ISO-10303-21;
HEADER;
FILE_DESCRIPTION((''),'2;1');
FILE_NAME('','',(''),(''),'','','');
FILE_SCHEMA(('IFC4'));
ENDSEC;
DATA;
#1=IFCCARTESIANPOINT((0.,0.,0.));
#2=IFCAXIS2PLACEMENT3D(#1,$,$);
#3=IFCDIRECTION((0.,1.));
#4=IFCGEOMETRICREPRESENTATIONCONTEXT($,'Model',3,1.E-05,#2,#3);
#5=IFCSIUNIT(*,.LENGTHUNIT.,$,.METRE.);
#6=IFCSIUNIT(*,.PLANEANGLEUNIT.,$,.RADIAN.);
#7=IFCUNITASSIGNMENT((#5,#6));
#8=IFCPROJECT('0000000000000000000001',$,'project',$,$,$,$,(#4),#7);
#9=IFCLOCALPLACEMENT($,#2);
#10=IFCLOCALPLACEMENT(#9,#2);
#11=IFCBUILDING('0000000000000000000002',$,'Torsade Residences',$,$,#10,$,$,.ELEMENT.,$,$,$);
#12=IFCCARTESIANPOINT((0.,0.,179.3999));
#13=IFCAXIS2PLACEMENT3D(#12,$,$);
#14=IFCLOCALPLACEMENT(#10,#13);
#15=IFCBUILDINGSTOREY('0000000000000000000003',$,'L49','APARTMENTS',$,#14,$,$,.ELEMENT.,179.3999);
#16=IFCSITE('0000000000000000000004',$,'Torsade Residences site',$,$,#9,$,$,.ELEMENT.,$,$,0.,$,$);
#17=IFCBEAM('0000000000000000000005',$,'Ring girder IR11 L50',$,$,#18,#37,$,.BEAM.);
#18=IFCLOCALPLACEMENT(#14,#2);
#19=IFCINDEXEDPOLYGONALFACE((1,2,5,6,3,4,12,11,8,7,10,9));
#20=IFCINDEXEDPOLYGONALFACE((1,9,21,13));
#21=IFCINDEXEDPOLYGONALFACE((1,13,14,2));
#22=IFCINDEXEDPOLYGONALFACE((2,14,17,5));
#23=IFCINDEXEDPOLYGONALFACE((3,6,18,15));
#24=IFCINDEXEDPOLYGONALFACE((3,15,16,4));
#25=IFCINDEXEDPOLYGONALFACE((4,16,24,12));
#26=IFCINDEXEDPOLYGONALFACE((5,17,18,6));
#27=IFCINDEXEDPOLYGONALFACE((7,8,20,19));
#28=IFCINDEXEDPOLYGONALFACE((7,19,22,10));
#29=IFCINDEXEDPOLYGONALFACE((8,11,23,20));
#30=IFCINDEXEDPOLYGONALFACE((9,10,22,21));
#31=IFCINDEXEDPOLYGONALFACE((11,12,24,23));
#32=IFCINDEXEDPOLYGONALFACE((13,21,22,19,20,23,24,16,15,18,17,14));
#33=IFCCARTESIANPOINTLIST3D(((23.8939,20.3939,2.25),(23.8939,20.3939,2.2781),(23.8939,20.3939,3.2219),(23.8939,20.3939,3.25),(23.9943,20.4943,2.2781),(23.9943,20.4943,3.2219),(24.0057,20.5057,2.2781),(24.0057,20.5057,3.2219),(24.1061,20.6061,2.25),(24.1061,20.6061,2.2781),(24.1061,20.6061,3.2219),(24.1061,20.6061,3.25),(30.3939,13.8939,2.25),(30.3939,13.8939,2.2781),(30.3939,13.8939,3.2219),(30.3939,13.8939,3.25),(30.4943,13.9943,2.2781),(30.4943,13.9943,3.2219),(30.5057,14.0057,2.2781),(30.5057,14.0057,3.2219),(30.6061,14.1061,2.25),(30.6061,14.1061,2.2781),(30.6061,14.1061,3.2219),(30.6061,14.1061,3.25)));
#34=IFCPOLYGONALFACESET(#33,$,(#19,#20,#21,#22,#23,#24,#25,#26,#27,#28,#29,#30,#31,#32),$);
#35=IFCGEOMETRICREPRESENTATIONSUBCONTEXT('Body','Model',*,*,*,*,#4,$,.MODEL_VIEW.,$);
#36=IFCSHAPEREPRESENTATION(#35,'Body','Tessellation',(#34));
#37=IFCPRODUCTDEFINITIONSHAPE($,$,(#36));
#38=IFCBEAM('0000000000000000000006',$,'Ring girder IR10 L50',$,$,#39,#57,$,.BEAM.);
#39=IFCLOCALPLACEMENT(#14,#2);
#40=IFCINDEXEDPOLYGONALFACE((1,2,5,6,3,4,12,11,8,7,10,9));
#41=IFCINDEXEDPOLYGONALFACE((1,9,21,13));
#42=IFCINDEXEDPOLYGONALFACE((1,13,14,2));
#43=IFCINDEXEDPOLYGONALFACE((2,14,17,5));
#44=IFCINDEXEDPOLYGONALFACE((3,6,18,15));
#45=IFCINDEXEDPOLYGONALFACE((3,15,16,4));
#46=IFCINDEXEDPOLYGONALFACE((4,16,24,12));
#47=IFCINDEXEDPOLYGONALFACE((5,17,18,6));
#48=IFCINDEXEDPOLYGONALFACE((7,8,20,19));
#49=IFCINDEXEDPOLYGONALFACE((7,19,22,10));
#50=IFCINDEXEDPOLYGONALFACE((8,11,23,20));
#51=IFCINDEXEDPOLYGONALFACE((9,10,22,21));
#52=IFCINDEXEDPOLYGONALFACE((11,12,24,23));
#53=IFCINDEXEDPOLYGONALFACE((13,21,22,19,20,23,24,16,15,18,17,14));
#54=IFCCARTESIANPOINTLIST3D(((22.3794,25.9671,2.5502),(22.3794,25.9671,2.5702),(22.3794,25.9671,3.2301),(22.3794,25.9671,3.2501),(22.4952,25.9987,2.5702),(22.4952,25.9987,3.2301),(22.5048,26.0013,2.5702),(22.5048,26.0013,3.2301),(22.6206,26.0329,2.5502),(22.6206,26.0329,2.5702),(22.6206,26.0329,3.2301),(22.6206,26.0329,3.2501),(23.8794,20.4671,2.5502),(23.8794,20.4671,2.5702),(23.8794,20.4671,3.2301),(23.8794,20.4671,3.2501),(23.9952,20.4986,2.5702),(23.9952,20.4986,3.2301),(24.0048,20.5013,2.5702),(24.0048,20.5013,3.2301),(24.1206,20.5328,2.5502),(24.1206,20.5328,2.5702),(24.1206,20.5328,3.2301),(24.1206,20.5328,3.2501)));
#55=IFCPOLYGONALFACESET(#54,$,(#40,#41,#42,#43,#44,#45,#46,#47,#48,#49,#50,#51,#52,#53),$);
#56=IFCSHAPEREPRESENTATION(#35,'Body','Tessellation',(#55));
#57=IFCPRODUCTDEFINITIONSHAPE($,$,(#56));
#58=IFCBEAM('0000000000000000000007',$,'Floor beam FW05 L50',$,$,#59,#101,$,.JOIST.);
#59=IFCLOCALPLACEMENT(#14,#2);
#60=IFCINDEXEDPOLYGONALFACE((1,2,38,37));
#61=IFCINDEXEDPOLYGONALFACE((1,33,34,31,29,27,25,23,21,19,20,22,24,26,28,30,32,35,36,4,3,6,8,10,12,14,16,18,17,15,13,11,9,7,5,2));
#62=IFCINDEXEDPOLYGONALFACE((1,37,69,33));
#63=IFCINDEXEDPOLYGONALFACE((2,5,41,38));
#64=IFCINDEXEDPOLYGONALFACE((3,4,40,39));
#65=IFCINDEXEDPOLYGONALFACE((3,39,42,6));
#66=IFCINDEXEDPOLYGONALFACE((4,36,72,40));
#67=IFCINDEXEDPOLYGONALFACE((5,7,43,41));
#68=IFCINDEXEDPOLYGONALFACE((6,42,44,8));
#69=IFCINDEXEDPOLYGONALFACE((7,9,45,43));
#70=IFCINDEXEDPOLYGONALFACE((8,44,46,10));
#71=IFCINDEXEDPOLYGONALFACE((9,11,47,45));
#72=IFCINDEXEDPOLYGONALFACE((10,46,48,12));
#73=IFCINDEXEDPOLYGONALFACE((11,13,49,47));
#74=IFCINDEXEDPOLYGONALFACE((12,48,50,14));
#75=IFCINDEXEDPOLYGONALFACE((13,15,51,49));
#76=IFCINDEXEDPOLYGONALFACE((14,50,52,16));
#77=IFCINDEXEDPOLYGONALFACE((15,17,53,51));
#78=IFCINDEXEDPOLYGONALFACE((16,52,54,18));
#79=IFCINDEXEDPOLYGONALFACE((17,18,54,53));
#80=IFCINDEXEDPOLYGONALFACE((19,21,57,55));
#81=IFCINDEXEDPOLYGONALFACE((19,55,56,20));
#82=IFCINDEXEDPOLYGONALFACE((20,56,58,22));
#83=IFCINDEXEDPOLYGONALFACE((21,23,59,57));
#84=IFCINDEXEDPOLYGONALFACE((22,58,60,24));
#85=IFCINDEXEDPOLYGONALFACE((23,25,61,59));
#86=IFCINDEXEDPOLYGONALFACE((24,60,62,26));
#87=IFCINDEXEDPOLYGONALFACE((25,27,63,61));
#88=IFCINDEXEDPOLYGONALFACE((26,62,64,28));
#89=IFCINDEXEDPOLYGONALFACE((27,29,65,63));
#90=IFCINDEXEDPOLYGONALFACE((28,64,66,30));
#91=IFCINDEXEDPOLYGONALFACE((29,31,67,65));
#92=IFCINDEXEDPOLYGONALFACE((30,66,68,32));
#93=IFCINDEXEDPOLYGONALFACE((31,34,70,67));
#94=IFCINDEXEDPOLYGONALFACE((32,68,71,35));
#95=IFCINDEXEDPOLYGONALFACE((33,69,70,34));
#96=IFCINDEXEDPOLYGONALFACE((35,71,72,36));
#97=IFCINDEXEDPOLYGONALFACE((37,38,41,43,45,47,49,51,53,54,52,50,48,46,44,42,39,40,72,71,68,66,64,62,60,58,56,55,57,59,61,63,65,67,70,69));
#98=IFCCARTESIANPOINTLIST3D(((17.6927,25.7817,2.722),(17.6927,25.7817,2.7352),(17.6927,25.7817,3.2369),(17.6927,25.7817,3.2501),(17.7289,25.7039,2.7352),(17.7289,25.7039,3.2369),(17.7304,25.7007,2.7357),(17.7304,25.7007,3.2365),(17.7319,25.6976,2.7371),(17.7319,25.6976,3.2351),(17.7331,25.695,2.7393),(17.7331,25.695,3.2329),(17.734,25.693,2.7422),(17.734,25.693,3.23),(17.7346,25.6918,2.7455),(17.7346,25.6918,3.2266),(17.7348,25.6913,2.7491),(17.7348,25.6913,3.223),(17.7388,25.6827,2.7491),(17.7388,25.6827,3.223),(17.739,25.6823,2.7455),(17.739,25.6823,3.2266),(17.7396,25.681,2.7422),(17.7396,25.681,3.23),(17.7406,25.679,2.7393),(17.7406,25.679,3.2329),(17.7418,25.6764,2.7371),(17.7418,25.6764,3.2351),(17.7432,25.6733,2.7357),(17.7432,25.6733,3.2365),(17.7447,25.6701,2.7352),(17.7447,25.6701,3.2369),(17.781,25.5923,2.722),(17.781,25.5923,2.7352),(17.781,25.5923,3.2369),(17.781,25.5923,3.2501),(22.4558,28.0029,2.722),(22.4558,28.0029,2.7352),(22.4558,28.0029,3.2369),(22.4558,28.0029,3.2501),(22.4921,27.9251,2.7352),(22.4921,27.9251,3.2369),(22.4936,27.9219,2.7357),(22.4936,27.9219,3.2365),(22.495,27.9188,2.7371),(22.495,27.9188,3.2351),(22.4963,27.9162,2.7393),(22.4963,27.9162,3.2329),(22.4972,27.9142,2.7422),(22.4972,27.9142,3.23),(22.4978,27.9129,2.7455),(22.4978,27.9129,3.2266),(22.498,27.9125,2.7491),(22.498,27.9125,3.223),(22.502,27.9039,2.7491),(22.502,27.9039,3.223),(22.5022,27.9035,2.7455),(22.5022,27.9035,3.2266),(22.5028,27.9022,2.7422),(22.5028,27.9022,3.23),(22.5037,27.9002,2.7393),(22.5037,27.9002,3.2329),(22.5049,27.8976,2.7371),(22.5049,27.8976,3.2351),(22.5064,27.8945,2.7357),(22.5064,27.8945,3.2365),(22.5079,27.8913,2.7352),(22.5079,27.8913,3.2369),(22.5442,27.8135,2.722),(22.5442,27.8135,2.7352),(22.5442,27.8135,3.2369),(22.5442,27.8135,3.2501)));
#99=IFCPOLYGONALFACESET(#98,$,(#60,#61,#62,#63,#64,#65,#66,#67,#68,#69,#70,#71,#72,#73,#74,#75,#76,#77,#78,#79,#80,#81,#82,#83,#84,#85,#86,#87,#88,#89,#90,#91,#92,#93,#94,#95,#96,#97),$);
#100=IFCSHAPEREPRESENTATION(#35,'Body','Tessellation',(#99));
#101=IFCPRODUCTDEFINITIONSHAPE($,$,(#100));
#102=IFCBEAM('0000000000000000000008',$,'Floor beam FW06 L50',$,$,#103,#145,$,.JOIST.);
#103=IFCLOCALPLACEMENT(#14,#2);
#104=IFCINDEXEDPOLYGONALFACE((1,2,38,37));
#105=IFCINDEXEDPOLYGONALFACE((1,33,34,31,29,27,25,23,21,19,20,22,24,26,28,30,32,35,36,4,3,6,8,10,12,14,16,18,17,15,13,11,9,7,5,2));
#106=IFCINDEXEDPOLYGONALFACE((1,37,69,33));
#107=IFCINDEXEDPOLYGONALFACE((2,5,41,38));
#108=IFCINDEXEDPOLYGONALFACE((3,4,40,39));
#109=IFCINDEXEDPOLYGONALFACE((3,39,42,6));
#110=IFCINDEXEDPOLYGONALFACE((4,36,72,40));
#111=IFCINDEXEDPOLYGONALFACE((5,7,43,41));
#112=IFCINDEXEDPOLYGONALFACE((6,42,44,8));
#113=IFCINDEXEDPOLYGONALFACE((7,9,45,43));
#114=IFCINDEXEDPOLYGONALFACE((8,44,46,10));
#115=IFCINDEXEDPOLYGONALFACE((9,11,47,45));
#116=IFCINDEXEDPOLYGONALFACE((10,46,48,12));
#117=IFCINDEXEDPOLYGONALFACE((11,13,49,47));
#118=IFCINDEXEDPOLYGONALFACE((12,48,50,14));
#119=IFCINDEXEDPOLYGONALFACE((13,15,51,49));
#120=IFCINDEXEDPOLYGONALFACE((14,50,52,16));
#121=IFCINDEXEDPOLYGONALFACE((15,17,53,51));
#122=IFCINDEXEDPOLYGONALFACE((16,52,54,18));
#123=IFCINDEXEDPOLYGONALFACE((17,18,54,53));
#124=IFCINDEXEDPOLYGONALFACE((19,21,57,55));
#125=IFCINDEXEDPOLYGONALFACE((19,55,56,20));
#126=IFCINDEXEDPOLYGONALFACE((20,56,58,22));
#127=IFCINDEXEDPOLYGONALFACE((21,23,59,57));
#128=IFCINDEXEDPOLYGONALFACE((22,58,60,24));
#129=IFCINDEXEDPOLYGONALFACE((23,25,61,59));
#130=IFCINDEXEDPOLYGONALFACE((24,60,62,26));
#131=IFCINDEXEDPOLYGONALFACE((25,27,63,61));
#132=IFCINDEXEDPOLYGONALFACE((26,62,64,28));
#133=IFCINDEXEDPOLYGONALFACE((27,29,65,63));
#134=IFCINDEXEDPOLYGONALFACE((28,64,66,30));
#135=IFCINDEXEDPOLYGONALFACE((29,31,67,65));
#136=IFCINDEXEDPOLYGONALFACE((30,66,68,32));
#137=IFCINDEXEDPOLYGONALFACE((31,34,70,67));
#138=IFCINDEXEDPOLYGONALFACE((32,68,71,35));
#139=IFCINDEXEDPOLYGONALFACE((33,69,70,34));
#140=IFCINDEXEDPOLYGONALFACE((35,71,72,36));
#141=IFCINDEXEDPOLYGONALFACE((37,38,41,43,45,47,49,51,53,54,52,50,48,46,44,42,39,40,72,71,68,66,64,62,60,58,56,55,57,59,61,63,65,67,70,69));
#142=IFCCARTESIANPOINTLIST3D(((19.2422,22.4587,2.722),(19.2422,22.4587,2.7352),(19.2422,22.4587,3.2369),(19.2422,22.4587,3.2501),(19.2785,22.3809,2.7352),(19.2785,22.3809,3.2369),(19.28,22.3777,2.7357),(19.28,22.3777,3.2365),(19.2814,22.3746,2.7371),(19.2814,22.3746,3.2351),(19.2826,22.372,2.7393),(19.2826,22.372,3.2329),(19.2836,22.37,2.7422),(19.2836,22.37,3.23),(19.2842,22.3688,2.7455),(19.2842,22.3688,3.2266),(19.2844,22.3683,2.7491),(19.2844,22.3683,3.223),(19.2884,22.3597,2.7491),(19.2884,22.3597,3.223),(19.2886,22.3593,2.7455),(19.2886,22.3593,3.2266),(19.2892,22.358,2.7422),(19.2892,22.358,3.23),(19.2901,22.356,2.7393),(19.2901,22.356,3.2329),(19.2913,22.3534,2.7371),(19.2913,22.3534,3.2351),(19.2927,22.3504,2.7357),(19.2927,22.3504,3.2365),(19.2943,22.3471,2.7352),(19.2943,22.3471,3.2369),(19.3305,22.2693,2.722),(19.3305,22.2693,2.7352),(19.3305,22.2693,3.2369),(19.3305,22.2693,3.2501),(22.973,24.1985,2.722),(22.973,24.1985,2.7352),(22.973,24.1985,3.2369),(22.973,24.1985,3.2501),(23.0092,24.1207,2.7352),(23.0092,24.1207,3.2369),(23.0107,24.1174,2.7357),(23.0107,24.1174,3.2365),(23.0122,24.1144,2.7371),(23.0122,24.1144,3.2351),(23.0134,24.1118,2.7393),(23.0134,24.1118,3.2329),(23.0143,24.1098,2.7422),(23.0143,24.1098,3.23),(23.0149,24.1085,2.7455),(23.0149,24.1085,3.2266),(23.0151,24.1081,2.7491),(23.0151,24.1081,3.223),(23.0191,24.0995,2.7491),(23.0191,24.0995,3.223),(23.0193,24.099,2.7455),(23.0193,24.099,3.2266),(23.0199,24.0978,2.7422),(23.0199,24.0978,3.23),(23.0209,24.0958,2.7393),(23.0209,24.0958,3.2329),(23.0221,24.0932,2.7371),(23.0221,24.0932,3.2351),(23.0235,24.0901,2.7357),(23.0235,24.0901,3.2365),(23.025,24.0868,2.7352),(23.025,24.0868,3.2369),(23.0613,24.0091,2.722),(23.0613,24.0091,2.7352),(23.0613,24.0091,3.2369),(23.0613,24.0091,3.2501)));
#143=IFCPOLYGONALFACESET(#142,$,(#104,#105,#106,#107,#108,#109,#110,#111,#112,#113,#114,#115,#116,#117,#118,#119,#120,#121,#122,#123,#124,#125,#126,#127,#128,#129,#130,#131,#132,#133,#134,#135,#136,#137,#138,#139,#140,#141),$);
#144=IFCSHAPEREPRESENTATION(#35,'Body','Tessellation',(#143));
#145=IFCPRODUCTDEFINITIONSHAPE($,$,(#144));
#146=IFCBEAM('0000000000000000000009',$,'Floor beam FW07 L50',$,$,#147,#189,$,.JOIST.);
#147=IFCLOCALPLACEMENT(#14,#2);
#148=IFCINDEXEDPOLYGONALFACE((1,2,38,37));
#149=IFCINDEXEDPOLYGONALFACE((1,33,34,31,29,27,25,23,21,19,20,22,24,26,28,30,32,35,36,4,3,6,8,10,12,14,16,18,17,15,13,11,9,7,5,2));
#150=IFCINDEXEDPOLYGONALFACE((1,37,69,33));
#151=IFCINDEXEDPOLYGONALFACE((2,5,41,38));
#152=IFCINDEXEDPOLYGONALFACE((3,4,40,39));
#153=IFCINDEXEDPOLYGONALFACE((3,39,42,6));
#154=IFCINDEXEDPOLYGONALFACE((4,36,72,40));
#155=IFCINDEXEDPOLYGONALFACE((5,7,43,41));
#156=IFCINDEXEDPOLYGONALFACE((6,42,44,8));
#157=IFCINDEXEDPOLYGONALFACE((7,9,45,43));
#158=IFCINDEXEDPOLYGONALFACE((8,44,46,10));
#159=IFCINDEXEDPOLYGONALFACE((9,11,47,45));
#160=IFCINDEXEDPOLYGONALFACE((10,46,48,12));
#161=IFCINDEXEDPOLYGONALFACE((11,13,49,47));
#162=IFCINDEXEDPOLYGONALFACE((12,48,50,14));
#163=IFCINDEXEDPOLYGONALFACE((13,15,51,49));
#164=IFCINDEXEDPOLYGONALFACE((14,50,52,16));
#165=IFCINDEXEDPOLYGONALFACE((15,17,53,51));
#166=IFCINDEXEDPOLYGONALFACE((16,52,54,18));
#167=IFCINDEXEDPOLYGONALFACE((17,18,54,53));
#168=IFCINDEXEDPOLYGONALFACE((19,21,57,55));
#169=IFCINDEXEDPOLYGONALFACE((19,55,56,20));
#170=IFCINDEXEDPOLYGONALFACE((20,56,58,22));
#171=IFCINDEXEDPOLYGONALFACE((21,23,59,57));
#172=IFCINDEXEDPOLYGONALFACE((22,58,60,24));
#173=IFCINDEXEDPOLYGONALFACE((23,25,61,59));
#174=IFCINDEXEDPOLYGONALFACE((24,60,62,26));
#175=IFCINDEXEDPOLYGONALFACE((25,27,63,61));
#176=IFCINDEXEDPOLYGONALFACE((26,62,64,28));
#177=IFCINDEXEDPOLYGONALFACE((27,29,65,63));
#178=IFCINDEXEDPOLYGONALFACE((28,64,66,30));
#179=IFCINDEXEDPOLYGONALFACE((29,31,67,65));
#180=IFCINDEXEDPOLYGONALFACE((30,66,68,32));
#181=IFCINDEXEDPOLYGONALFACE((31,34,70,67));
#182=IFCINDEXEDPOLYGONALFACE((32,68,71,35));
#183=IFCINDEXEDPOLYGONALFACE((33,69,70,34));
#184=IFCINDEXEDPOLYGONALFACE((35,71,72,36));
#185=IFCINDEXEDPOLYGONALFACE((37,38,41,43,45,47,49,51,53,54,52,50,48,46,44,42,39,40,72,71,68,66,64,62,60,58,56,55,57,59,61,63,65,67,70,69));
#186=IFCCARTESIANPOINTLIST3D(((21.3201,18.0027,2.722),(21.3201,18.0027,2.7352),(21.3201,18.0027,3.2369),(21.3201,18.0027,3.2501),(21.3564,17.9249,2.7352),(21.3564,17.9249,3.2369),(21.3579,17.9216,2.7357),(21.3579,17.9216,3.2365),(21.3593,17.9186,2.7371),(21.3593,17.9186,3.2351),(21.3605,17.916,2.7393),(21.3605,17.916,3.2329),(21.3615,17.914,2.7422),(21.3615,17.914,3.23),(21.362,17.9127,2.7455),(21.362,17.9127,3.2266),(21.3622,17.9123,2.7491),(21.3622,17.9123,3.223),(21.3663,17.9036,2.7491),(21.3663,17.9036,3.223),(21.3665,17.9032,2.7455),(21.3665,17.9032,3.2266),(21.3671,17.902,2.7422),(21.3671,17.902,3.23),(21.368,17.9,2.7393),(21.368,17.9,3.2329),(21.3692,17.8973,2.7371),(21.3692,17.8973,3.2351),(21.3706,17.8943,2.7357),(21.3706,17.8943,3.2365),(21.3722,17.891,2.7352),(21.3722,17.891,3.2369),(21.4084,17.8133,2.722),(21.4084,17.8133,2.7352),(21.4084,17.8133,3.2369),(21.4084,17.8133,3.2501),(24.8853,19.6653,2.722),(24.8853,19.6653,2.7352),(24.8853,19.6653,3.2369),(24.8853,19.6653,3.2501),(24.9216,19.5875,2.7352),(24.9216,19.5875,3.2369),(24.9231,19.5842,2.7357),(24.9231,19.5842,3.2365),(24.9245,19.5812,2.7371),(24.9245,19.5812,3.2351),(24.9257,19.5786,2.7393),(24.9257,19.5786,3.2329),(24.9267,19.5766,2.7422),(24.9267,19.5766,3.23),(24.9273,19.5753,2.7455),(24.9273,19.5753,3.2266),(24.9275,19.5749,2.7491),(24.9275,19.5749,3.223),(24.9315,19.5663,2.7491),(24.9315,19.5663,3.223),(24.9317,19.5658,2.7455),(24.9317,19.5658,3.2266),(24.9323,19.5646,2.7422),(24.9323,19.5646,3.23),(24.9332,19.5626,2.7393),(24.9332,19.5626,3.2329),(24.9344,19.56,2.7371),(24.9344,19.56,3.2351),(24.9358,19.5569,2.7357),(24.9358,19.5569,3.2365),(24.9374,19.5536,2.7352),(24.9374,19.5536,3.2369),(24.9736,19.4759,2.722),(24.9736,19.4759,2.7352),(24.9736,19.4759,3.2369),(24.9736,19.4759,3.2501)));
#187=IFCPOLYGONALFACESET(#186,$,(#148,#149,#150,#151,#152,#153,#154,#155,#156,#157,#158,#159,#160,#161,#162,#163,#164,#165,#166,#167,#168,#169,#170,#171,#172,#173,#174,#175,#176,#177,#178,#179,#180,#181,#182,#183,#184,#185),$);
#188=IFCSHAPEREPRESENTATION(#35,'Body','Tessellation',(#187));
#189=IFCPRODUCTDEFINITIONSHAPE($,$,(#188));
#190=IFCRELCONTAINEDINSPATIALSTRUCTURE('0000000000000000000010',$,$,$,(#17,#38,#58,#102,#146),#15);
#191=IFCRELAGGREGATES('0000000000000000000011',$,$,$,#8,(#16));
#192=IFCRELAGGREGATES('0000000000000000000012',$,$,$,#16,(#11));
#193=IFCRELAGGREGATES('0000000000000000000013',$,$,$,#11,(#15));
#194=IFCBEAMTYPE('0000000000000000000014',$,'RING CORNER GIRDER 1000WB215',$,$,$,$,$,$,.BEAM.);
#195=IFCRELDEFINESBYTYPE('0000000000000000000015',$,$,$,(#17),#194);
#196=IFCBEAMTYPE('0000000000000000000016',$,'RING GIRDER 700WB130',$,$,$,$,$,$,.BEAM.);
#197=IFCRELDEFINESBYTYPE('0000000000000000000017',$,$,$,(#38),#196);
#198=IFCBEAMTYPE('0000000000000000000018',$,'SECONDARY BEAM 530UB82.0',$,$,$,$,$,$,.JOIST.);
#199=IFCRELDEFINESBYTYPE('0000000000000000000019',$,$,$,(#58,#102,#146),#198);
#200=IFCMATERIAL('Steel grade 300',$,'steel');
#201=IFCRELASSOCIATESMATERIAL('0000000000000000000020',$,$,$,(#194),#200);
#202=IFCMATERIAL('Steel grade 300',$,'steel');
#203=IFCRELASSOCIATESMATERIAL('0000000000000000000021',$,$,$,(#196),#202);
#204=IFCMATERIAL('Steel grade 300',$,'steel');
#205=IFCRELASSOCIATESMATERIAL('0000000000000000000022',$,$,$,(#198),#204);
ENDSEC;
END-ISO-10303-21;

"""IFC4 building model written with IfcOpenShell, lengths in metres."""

from ifc_helpers import new_model, si_unit, direction, frame, origin, origin_2d, place, context, subcontext, project, spatial, i_section, extrude, material, material_profile, profile_set, type_object, element, save


model = new_model("IFC4")

# Units and contexts
model_context = context("Model", 3, precision=1e-05, world=origin(), true_north=direction((0.0, 1.0)))
body_context = subcontext(model_context, "Body", "Model", "MODEL_VIEW")
ifc_project = project(units=[si_unit("LENGTHUNIT", "METRE"), si_unit("PLANEANGLEUNIT", "RADIAN")], contexts=[model_context])

# Site, building, storey
site_placement = place(None, origin())
site = spatial("IfcSite", under=ifc_project, at=site_placement, Name="Torsade Residences site", CompositionType="ELEMENT", RefElevation=0.0)
building_placement = place(site_placement, origin())
building = spatial("IfcBuilding", under=site, at=building_placement, Name="Torsade Residences", CompositionType="ELEMENT")
storey_placement = place(building_placement, frame((0.0, 0.0, 179.3999)))
storey = spatial("IfcBuildingStorey", under=building, at=storey_placement, Name="L49", Description="APARTMENTS", CompositionType="ELEMENT", Elevation=179.3999)

# Beams
ifc_material_1 = material(Name="Steel grade 300", Category="steel")
ifc_material_profile_1 = material_profile(ifc_material_1, i_section(OverallWidth=0.3, OverallDepth=1.0, WebThickness=0.0161, FlangeThickness=0.0281, at=origin_2d()), Name="1000WB215")
ifc_profile_set_1 = profile_set([ifc_material_profile_1], Name="Steel grade 300")
beam_type_1 = type_object("IfcBeamType", Name="RING CORNER GIRDER 1000WB215", PredefinedType="BEAM", material=ifc_profile_set_1)
beam_1_placement = place(storey_placement, frame((24.0, 20.5, 2.75), z_axis=(0.707107, -0.707107, 0.0), x_axis=(0.707107, 0.707107, 0.0)))
element("IfcBeam", 1, at=beam_1_placement, inside=storey, type_object=beam_type_1, Name="Ring girder IR11 L50", PredefinedType="BEAM", context=body_context, shape_type="SweptSolid", body=[
    extrude(i_section(OverallWidth=0.3, OverallDepth=1.0, WebThickness=0.0161, FlangeThickness=0.0281, at=origin_2d()), origin(), (0.0, 0.0, 1.0), 9.1924),
])
ifc_material_2 = material(Name="Steel grade 300", Category="steel")
ifc_material_profile_2 = material_profile(ifc_material_2, i_section(OverallWidth=0.25, OverallDepth=0.7, WebThickness=0.01, FlangeThickness=0.02, at=origin_2d()), Name="700WB130")
ifc_profile_set_2 = profile_set([ifc_material_profile_2], Name="Steel grade 300")
beam_type_2 = type_object("IfcBeamType", Name="RING GIRDER 700WB130", PredefinedType="BEAM", material=ifc_profile_set_2)
beam_2_placement = place(storey_placement, frame((22.5, 26.0, 2.9001), z_axis=(0.263117, -0.964764, 0.0), x_axis=(0.964764, 0.263117, 0.0)))
element("IfcBeam", 2, at=beam_2_placement, inside=storey, type_object=beam_type_2, Name="Ring girder IR10 L50", PredefinedType="BEAM", context=body_context, shape_type="SweptSolid", body=[
    extrude(i_section(OverallWidth=0.25, OverallDepth=0.7, WebThickness=0.01, FlangeThickness=0.02, at=origin_2d()), origin(), (0.0, 0.0, 1.0), 5.7009),
])
ifc_material_3 = material(Name="Steel grade 300", Category="steel")
ifc_material_profile_3 = material_profile(ifc_material_3, i_section(OverallWidth=0.209, OverallDepth=0.5281, WebThickness=0.0095, FlangeThickness=0.0132, FilletRadius=0.0139, at=origin_2d()), Name="530UB82.0")
ifc_profile_set_3 = profile_set([ifc_material_profile_3], Name="Steel grade 300")
beam_type_3 = type_object("IfcBeamType", Name="SECONDARY BEAM 530UB82.0", PredefinedType="JOIST", material=ifc_profile_set_3)
beam_3_placement = place(storey_placement, frame((17.7368, 25.687, 2.9861), z_axis=(0.906302, 0.422631, 0.0), x_axis=(-0.422631, 0.906302, 0.0)))
element("IfcBeam", 3, at=beam_3_placement, inside=storey, type_object=beam_type_3, Name="Floor beam FW05 L50", PredefinedType="JOIST", context=body_context, shape_type="SweptSolid", body=[
    extrude(i_section(OverallWidth=0.209, OverallDepth=0.5281, WebThickness=0.0095, FlangeThickness=0.0132, FilletRadius=0.0139, at=origin_2d()), origin(), (0.0, 0.0, 1.0), 5.2556),
])
beam_4_placement = place(storey_placement, frame((19.2864, 22.364, 2.9861), z_axis=(0.9063, 0.422635, 0.0), x_axis=(-0.422635, 0.9063, 0.0)))
element("IfcBeam", 4, at=beam_4_placement, inside=storey, type_object=beam_type_3, Name="Floor beam FW06 L50", PredefinedType="JOIST", context=body_context, shape_type="SweptSolid", body=[
    extrude(i_section(OverallWidth=0.209, OverallDepth=0.5281, WebThickness=0.0095, FlangeThickness=0.0132, FilletRadius=0.0139, at=origin_2d()), origin(), (0.0, 0.0, 1.0), 4.1165),
])
beam_5_placement = place(storey_placement, frame((21.3643, 17.908, 2.9861), z_axis=(0.906296, 0.422644, 0.0), x_axis=(-0.422644, 0.906296, 0.0)))
element("IfcBeam", 5, at=beam_5_placement, inside=storey, type_object=beam_type_3, Name="Floor beam FW07 L50", PredefinedType="JOIST", context=body_context, shape_type="SweptSolid", body=[
    extrude(i_section(OverallWidth=0.209, OverallDepth=0.5281, WebThickness=0.0095, FlangeThickness=0.0132, FilletRadius=0.0139, at=origin_2d()), origin(), (0.0, 0.0, 1.0), 3.9338),
])

save(model, "model.ifc")
